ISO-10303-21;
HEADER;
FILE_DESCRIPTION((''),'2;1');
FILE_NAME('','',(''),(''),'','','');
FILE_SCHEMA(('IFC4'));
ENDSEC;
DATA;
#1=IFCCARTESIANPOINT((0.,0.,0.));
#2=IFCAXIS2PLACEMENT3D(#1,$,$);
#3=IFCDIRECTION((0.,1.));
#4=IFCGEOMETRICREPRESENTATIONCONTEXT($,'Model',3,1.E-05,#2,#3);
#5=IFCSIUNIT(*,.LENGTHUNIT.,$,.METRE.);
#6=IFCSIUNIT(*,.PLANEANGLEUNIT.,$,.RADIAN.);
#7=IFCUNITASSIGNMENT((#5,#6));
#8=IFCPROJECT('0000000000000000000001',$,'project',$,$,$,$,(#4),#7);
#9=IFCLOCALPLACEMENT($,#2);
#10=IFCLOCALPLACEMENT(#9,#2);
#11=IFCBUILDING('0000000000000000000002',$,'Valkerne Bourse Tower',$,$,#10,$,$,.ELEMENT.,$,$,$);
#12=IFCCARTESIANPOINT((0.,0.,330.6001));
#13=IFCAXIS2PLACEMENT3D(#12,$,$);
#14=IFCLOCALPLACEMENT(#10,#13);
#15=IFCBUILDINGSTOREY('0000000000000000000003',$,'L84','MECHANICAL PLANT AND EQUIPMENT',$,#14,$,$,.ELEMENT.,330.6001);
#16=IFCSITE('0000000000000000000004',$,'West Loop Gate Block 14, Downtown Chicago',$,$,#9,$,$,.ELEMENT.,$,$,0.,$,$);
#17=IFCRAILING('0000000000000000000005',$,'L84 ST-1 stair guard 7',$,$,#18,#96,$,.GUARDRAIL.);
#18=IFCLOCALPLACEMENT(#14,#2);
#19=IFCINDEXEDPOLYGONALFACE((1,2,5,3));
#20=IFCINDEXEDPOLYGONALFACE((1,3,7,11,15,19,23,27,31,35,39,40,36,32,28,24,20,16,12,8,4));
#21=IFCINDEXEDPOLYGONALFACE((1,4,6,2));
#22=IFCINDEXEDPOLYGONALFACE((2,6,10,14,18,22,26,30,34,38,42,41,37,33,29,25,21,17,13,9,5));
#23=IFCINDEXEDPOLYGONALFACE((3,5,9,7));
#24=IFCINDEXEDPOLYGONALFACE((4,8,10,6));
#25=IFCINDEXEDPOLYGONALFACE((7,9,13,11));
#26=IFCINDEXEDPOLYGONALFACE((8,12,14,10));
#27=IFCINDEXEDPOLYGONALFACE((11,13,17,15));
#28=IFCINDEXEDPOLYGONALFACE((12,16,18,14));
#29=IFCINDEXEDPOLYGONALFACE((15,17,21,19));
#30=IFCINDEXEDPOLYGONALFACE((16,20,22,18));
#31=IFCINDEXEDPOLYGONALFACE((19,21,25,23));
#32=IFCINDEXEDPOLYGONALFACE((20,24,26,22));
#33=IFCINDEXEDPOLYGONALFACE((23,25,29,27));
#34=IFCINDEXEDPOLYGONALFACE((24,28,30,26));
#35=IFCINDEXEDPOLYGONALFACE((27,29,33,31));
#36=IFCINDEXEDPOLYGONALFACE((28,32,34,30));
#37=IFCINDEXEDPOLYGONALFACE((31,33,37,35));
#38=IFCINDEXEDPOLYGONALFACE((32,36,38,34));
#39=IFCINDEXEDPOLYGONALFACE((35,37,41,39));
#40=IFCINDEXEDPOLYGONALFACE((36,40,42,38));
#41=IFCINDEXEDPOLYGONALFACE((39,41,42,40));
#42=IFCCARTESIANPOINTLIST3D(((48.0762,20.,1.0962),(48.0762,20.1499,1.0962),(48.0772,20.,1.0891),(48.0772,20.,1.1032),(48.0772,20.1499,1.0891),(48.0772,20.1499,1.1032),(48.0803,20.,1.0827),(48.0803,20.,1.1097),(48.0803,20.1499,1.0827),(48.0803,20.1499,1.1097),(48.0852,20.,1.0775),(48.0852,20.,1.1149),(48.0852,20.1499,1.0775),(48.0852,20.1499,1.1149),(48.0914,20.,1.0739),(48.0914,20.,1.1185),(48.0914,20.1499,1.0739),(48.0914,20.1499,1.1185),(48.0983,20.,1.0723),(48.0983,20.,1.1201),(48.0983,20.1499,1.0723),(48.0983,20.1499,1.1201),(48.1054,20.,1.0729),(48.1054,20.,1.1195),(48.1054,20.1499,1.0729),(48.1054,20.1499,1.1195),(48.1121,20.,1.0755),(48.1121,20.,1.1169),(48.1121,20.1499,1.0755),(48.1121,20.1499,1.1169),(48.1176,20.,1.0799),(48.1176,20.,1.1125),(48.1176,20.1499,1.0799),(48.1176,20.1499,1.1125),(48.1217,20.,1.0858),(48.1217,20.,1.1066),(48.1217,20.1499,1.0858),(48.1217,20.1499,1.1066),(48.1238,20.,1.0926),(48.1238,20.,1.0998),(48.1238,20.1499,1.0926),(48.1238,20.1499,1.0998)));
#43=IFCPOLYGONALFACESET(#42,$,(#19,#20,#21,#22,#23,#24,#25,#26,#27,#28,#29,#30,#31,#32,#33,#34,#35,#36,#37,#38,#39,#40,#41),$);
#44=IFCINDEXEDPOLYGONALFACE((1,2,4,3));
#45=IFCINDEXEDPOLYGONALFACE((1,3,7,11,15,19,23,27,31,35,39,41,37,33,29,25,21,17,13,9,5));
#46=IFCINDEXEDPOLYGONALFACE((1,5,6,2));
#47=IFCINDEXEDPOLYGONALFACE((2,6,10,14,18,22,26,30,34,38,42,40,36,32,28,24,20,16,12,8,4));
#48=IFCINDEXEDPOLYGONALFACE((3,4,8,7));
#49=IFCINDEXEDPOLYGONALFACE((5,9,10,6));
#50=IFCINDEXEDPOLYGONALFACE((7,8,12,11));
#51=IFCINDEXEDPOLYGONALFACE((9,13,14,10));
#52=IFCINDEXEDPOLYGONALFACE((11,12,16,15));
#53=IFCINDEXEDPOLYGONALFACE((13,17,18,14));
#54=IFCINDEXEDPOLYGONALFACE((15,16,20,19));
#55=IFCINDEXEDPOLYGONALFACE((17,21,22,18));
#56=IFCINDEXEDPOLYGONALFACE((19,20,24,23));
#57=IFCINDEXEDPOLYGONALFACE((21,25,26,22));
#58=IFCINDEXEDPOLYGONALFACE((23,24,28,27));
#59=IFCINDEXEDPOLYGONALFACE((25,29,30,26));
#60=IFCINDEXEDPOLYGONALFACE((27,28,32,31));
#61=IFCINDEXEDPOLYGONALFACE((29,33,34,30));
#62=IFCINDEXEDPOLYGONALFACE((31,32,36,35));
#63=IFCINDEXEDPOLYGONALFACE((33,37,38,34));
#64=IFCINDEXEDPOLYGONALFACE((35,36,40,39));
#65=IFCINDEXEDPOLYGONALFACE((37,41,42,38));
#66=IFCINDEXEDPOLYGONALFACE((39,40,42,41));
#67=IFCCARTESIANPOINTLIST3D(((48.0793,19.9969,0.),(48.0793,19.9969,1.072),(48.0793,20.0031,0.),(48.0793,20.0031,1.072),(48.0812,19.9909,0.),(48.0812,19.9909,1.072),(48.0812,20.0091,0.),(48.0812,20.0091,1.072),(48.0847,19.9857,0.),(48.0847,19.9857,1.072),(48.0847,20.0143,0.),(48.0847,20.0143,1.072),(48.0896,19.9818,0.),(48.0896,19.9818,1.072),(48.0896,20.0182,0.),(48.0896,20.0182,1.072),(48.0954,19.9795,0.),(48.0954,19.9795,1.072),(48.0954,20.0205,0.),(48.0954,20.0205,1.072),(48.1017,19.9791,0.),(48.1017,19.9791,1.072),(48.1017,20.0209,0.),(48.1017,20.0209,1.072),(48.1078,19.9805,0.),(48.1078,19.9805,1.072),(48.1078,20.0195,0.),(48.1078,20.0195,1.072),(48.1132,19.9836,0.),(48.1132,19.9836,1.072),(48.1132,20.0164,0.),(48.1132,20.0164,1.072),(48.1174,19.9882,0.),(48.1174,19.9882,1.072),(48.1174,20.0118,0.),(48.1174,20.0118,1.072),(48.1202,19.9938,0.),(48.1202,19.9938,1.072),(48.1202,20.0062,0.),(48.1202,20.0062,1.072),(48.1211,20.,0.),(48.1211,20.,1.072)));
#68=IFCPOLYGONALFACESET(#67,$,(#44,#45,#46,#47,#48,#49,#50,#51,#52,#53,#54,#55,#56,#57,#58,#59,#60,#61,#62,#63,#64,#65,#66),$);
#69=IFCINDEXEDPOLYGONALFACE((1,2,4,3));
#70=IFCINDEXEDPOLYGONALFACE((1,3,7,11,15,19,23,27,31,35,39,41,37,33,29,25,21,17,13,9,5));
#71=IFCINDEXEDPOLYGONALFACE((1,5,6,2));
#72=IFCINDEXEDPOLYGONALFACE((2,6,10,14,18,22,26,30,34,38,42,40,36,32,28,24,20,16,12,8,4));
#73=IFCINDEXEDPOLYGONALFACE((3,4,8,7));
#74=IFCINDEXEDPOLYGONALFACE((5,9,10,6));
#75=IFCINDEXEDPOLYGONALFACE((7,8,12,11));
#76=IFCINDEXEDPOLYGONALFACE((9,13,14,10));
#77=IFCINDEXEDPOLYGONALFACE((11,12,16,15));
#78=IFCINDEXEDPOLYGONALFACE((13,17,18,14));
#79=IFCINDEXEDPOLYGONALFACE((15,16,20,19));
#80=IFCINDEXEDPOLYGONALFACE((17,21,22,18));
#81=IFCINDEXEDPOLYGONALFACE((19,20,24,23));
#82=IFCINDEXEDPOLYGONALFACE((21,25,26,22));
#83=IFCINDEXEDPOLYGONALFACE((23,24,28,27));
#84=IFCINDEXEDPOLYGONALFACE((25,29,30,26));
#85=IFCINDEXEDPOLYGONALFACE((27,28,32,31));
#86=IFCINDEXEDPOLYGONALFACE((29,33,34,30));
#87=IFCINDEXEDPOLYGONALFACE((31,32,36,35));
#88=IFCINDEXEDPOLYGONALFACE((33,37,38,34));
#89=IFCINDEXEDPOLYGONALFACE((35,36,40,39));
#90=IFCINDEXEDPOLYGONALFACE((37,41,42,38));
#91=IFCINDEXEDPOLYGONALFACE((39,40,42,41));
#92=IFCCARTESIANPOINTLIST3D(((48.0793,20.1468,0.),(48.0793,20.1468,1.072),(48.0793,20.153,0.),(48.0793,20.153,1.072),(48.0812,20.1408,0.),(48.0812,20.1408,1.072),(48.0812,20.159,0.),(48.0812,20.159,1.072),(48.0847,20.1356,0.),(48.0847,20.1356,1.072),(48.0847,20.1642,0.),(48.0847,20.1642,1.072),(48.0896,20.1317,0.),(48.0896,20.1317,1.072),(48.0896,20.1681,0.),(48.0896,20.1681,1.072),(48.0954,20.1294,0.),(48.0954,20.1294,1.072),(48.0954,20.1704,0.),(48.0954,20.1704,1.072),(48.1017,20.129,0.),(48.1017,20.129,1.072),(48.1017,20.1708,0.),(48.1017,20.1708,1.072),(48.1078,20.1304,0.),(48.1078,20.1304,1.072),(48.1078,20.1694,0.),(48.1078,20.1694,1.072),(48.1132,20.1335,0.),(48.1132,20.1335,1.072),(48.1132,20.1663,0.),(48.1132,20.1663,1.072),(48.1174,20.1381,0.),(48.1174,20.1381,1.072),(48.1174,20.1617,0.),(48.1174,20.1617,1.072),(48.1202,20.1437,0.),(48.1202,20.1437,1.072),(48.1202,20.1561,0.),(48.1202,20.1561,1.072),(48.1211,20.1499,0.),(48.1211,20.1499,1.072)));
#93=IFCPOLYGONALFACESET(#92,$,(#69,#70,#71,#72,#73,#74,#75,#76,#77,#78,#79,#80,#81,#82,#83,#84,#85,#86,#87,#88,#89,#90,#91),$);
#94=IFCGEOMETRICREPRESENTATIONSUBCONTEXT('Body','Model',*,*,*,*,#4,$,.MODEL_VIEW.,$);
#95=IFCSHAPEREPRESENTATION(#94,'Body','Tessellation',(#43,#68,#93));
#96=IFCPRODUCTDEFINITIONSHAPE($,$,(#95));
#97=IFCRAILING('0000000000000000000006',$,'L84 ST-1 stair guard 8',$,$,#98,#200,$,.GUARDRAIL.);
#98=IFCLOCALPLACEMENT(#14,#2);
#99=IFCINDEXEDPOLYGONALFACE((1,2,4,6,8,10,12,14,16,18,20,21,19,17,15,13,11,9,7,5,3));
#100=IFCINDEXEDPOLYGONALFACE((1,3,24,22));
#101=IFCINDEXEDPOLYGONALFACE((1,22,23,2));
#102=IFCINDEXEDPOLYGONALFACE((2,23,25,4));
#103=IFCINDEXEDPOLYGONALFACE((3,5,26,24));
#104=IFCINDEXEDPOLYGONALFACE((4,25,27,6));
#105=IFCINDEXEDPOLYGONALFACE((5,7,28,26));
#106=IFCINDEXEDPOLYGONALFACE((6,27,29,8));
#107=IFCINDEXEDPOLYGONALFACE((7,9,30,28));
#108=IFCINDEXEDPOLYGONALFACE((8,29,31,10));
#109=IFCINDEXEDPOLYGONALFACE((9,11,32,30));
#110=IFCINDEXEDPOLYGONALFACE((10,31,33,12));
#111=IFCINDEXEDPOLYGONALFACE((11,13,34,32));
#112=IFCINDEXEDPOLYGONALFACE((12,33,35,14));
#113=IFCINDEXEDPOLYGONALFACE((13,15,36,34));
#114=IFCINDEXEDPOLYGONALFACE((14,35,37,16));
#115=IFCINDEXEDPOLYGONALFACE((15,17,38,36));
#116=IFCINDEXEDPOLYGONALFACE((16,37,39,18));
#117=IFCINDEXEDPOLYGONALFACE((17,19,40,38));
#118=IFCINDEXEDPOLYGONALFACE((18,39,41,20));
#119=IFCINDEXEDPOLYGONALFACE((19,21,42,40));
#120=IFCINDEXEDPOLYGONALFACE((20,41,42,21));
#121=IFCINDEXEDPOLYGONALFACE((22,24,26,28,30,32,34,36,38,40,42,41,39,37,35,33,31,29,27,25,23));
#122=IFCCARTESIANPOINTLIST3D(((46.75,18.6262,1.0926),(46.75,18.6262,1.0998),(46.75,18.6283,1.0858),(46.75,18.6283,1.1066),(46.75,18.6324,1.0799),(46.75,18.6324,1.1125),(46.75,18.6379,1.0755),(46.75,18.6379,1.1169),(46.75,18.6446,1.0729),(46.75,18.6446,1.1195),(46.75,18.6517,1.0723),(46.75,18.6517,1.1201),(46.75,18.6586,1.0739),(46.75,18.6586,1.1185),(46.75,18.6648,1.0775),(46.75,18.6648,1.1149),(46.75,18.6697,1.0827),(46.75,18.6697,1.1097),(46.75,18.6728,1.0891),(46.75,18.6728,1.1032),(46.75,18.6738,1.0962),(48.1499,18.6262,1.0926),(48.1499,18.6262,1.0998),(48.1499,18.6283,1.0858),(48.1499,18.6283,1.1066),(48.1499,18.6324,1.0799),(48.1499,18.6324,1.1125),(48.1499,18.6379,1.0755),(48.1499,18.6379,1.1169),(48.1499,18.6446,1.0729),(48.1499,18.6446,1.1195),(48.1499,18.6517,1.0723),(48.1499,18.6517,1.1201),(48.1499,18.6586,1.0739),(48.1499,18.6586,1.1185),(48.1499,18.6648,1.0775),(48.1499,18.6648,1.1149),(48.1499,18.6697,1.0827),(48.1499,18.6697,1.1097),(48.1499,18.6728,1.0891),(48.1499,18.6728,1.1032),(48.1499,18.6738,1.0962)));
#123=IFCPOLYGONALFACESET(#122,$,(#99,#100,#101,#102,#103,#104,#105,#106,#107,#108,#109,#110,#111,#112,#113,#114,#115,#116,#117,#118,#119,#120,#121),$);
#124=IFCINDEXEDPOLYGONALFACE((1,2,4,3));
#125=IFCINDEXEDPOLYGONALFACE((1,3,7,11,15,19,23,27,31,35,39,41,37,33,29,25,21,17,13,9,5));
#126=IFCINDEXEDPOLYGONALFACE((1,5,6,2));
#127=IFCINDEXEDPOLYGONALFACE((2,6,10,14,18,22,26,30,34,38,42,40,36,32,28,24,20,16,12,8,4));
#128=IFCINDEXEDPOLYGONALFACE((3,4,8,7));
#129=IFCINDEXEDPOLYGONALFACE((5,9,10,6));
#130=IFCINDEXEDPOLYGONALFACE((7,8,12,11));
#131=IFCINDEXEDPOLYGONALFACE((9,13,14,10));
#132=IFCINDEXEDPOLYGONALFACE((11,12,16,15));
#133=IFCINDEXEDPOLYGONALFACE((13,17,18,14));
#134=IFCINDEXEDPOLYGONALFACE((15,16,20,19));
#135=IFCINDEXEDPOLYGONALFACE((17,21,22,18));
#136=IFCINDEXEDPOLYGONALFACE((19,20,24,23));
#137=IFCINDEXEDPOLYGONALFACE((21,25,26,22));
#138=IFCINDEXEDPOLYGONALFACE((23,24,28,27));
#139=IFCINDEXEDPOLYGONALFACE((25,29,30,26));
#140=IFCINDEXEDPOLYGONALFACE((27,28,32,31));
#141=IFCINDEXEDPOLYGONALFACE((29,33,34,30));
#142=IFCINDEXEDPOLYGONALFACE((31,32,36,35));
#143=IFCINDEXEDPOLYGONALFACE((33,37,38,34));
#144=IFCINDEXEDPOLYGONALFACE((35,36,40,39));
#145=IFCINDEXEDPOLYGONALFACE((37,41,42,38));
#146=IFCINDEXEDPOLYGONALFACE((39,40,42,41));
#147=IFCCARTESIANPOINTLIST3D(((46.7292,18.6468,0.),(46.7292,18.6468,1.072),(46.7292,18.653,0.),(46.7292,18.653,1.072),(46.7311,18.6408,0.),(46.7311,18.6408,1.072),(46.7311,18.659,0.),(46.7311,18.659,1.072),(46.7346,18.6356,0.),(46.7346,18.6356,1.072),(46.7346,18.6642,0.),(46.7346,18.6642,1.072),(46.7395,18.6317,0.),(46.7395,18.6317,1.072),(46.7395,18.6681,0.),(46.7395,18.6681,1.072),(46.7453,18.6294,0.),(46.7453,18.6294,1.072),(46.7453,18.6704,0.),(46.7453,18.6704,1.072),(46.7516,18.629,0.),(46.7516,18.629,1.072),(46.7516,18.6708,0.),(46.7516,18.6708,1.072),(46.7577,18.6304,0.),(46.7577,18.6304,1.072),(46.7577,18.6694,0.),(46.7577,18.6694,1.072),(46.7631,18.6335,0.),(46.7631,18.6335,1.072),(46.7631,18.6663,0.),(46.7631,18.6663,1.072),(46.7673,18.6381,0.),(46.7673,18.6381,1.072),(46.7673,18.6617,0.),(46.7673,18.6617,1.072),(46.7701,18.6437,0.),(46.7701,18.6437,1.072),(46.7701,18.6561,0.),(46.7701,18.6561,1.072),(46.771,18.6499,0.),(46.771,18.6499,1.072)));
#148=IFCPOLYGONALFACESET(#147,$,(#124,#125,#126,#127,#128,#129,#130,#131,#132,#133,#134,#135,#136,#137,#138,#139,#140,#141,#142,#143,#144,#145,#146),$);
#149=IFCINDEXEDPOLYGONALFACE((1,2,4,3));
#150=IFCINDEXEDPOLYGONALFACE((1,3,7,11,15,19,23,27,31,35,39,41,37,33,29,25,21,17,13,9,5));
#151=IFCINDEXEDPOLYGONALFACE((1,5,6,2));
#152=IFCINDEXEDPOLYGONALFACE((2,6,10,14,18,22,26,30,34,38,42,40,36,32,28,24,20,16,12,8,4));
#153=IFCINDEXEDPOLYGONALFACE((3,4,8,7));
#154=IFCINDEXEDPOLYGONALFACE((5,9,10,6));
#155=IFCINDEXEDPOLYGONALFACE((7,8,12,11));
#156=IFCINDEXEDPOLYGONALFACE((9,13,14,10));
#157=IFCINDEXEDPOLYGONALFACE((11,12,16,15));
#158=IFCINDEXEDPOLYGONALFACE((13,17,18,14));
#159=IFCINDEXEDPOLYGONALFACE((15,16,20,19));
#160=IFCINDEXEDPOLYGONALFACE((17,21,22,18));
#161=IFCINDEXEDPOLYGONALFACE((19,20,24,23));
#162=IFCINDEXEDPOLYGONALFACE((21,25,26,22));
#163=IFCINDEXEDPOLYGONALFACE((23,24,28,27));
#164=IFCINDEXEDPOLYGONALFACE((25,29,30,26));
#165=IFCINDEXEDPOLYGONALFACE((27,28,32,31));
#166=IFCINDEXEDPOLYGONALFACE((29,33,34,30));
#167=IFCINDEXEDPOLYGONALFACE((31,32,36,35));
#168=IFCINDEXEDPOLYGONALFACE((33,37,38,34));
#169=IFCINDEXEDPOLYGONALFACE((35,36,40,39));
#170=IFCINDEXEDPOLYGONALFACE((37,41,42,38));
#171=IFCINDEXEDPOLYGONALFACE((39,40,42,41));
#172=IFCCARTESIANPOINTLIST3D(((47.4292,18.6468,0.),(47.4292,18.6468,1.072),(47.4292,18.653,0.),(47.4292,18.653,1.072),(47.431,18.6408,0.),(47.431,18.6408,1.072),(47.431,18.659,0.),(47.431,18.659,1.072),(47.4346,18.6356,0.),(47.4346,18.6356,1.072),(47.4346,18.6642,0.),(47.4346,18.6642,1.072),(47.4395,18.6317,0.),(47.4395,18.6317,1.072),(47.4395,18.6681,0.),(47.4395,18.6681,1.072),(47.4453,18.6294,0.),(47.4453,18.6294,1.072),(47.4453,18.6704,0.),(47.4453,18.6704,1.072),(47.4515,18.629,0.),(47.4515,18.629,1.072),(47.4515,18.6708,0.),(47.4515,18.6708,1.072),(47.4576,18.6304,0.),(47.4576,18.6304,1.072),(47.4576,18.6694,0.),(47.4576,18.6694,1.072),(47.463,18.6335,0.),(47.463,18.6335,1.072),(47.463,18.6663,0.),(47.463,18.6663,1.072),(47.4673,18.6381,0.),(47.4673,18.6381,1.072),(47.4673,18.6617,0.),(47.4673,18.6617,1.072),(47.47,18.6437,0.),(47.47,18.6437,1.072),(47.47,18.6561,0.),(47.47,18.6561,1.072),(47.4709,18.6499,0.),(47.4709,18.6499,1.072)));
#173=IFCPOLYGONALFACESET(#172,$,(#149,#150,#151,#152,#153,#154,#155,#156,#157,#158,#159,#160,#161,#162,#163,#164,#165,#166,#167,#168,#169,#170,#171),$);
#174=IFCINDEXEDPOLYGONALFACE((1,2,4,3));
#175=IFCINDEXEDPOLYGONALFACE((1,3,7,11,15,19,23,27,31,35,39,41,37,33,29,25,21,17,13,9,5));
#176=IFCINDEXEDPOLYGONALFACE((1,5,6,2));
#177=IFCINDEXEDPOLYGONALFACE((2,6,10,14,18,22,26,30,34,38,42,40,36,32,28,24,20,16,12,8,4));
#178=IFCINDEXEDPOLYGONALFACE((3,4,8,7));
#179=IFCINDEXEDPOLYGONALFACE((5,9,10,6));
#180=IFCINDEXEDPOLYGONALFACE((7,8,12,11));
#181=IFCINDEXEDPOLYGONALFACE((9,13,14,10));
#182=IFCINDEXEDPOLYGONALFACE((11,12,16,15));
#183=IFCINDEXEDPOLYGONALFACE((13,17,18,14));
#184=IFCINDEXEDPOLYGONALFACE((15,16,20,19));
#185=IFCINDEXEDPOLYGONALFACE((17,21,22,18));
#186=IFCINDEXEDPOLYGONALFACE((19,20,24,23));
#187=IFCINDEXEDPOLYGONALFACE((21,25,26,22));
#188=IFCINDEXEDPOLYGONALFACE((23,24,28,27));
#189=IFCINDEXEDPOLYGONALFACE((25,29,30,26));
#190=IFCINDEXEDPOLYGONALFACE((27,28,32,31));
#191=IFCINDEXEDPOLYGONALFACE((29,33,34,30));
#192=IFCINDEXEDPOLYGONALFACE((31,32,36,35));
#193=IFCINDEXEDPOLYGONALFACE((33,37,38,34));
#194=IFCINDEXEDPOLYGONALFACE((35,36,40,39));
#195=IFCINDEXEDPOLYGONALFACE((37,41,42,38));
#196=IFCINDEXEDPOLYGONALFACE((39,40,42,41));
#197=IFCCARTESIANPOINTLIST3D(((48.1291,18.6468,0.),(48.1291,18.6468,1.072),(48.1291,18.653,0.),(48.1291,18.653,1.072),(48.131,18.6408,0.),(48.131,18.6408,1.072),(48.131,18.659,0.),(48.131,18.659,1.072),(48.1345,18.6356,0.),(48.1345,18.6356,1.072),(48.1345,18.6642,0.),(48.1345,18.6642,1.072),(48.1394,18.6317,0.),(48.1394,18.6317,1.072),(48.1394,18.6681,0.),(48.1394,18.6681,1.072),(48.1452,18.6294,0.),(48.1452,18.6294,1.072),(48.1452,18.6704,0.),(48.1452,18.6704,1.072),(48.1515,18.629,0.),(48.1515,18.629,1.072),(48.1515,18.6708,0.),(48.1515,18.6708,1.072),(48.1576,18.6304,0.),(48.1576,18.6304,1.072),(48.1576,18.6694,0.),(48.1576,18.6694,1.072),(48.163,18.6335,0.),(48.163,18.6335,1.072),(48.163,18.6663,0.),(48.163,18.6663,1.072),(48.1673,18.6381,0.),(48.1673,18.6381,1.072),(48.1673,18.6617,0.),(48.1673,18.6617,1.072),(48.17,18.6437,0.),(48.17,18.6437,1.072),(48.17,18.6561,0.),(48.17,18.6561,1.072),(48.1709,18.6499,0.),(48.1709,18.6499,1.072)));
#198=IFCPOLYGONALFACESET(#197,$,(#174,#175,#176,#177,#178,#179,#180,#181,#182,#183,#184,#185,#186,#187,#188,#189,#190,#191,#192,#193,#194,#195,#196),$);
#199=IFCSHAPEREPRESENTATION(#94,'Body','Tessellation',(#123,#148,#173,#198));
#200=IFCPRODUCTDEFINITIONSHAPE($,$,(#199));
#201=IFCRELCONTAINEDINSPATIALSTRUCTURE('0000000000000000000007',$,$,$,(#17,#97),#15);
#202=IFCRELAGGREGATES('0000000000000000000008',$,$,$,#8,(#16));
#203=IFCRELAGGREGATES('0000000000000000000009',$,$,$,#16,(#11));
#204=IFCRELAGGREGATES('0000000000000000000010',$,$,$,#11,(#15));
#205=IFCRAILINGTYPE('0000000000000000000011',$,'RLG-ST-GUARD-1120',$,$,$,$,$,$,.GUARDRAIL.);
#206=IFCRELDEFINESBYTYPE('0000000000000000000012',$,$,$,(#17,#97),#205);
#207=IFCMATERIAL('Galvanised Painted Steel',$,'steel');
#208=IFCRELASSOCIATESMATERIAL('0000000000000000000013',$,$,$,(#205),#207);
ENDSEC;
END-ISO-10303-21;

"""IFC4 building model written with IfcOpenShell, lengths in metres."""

from ifc_helpers import new_model, si_unit, direction, frame, origin, origin_2d, place, context, subcontext, project, spatial, circle, extrude, material, type_object, element, save


model = new_model("IFC4")

# Units and contexts
model_context = context("Model", 3, precision=1e-05, world=origin(), true_north=direction((0.0, 1.0)))
body_context = subcontext(model_context, "Body", "Model", "MODEL_VIEW")
ifc_project = project(units=[si_unit("LENGTHUNIT", "METRE"), si_unit("PLANEANGLEUNIT", "RADIAN")], contexts=[model_context])

# Site, building, storey
site_placement = place(None, origin())
site = spatial("IfcSite", under=ifc_project, at=site_placement, Name="West Loop Gate Block 14, Downtown Chicago", CompositionType="ELEMENT", RefElevation=0.0)
building_placement = place(site_placement, origin())
building = spatial("IfcBuilding", under=site, at=building_placement, Name="Valkerne Bourse Tower", CompositionType="ELEMENT")
storey_placement = place(building_placement, frame((0.0, 0.0, 330.6001)))
storey = spatial("IfcBuildingStorey", under=building, at=storey_placement, Name="L84", Description="MECHANICAL PLANT AND EQUIPMENT", CompositionType="ELEMENT", Elevation=330.6001)

# Shared definitions
ifc_material_1 = material(Name="Galvanised Painted Steel", Category="steel")

# Railings
railing_type_1 = type_object("IfcRailingType", Name="RLG-ST-GUARD-1120", PredefinedType="GUARDRAIL", material=ifc_material_1)
railing_1_placement = place(storey_placement, frame((48.1001, 20.0, 0.0)))
element("IfcRailing", 1, at=railing_1_placement, inside=storey, type_object=railing_type_1, Name="L84 ST-1 stair guard 7", PredefinedType="GUARDRAIL", context=body_context, shape_type="SweptSolid", body=[
    extrude(circle(Radius=0.0239, at=origin_2d()), frame((0.0, 0.0, 1.0962), z_axis=(0.0, 1.0, 0.0), x_axis=(-1.0, 0.0, 0.0)), (0.0, 0.0, 1.0), 0.1499),
    extrude(circle(Radius=0.021, at=origin_2d()), origin(), (0.0, 0.0, 1.0), 1.072),
    extrude(circle(Radius=0.021, at=origin_2d()), frame((0.0, 0.1499, 0.0)), (0.0, 0.0, 1.0), 1.072),
])
for number, where, name in (
    (2, (46.75, 18.6499, 0.0), "L84 ST-1 stair guard 8"),
):
    element("IfcRailing", number, at=place(storey_placement, frame(where)), inside=storey, type_object=railing_type_1, Name=name, PredefinedType="GUARDRAIL", context=body_context, shape_type="SweptSolid", body=[
        extrude(circle(Radius=0.0239, at=origin_2d()), frame((0.0, 0.0, 1.0962), z_axis=(1.0, 0.0, 0.0), x_axis=(0.0, 1.0, 0.0)), (0.0, 0.0, 1.0), 1.3999),
        extrude(circle(Radius=0.021, at=origin_2d()), origin(), (0.0, 0.0, 1.0), 1.072),
        extrude(circle(Radius=0.021, at=origin_2d()), frame((0.7, 0.0, 0.0)), (0.0, 0.0, 1.0), 1.072),
        extrude(circle(Radius=0.021, at=origin_2d()), frame((1.3999, 0.0, 0.0)), (0.0, 0.0, 1.0), 1.072),
    ])

save(model, "model.ifc")
